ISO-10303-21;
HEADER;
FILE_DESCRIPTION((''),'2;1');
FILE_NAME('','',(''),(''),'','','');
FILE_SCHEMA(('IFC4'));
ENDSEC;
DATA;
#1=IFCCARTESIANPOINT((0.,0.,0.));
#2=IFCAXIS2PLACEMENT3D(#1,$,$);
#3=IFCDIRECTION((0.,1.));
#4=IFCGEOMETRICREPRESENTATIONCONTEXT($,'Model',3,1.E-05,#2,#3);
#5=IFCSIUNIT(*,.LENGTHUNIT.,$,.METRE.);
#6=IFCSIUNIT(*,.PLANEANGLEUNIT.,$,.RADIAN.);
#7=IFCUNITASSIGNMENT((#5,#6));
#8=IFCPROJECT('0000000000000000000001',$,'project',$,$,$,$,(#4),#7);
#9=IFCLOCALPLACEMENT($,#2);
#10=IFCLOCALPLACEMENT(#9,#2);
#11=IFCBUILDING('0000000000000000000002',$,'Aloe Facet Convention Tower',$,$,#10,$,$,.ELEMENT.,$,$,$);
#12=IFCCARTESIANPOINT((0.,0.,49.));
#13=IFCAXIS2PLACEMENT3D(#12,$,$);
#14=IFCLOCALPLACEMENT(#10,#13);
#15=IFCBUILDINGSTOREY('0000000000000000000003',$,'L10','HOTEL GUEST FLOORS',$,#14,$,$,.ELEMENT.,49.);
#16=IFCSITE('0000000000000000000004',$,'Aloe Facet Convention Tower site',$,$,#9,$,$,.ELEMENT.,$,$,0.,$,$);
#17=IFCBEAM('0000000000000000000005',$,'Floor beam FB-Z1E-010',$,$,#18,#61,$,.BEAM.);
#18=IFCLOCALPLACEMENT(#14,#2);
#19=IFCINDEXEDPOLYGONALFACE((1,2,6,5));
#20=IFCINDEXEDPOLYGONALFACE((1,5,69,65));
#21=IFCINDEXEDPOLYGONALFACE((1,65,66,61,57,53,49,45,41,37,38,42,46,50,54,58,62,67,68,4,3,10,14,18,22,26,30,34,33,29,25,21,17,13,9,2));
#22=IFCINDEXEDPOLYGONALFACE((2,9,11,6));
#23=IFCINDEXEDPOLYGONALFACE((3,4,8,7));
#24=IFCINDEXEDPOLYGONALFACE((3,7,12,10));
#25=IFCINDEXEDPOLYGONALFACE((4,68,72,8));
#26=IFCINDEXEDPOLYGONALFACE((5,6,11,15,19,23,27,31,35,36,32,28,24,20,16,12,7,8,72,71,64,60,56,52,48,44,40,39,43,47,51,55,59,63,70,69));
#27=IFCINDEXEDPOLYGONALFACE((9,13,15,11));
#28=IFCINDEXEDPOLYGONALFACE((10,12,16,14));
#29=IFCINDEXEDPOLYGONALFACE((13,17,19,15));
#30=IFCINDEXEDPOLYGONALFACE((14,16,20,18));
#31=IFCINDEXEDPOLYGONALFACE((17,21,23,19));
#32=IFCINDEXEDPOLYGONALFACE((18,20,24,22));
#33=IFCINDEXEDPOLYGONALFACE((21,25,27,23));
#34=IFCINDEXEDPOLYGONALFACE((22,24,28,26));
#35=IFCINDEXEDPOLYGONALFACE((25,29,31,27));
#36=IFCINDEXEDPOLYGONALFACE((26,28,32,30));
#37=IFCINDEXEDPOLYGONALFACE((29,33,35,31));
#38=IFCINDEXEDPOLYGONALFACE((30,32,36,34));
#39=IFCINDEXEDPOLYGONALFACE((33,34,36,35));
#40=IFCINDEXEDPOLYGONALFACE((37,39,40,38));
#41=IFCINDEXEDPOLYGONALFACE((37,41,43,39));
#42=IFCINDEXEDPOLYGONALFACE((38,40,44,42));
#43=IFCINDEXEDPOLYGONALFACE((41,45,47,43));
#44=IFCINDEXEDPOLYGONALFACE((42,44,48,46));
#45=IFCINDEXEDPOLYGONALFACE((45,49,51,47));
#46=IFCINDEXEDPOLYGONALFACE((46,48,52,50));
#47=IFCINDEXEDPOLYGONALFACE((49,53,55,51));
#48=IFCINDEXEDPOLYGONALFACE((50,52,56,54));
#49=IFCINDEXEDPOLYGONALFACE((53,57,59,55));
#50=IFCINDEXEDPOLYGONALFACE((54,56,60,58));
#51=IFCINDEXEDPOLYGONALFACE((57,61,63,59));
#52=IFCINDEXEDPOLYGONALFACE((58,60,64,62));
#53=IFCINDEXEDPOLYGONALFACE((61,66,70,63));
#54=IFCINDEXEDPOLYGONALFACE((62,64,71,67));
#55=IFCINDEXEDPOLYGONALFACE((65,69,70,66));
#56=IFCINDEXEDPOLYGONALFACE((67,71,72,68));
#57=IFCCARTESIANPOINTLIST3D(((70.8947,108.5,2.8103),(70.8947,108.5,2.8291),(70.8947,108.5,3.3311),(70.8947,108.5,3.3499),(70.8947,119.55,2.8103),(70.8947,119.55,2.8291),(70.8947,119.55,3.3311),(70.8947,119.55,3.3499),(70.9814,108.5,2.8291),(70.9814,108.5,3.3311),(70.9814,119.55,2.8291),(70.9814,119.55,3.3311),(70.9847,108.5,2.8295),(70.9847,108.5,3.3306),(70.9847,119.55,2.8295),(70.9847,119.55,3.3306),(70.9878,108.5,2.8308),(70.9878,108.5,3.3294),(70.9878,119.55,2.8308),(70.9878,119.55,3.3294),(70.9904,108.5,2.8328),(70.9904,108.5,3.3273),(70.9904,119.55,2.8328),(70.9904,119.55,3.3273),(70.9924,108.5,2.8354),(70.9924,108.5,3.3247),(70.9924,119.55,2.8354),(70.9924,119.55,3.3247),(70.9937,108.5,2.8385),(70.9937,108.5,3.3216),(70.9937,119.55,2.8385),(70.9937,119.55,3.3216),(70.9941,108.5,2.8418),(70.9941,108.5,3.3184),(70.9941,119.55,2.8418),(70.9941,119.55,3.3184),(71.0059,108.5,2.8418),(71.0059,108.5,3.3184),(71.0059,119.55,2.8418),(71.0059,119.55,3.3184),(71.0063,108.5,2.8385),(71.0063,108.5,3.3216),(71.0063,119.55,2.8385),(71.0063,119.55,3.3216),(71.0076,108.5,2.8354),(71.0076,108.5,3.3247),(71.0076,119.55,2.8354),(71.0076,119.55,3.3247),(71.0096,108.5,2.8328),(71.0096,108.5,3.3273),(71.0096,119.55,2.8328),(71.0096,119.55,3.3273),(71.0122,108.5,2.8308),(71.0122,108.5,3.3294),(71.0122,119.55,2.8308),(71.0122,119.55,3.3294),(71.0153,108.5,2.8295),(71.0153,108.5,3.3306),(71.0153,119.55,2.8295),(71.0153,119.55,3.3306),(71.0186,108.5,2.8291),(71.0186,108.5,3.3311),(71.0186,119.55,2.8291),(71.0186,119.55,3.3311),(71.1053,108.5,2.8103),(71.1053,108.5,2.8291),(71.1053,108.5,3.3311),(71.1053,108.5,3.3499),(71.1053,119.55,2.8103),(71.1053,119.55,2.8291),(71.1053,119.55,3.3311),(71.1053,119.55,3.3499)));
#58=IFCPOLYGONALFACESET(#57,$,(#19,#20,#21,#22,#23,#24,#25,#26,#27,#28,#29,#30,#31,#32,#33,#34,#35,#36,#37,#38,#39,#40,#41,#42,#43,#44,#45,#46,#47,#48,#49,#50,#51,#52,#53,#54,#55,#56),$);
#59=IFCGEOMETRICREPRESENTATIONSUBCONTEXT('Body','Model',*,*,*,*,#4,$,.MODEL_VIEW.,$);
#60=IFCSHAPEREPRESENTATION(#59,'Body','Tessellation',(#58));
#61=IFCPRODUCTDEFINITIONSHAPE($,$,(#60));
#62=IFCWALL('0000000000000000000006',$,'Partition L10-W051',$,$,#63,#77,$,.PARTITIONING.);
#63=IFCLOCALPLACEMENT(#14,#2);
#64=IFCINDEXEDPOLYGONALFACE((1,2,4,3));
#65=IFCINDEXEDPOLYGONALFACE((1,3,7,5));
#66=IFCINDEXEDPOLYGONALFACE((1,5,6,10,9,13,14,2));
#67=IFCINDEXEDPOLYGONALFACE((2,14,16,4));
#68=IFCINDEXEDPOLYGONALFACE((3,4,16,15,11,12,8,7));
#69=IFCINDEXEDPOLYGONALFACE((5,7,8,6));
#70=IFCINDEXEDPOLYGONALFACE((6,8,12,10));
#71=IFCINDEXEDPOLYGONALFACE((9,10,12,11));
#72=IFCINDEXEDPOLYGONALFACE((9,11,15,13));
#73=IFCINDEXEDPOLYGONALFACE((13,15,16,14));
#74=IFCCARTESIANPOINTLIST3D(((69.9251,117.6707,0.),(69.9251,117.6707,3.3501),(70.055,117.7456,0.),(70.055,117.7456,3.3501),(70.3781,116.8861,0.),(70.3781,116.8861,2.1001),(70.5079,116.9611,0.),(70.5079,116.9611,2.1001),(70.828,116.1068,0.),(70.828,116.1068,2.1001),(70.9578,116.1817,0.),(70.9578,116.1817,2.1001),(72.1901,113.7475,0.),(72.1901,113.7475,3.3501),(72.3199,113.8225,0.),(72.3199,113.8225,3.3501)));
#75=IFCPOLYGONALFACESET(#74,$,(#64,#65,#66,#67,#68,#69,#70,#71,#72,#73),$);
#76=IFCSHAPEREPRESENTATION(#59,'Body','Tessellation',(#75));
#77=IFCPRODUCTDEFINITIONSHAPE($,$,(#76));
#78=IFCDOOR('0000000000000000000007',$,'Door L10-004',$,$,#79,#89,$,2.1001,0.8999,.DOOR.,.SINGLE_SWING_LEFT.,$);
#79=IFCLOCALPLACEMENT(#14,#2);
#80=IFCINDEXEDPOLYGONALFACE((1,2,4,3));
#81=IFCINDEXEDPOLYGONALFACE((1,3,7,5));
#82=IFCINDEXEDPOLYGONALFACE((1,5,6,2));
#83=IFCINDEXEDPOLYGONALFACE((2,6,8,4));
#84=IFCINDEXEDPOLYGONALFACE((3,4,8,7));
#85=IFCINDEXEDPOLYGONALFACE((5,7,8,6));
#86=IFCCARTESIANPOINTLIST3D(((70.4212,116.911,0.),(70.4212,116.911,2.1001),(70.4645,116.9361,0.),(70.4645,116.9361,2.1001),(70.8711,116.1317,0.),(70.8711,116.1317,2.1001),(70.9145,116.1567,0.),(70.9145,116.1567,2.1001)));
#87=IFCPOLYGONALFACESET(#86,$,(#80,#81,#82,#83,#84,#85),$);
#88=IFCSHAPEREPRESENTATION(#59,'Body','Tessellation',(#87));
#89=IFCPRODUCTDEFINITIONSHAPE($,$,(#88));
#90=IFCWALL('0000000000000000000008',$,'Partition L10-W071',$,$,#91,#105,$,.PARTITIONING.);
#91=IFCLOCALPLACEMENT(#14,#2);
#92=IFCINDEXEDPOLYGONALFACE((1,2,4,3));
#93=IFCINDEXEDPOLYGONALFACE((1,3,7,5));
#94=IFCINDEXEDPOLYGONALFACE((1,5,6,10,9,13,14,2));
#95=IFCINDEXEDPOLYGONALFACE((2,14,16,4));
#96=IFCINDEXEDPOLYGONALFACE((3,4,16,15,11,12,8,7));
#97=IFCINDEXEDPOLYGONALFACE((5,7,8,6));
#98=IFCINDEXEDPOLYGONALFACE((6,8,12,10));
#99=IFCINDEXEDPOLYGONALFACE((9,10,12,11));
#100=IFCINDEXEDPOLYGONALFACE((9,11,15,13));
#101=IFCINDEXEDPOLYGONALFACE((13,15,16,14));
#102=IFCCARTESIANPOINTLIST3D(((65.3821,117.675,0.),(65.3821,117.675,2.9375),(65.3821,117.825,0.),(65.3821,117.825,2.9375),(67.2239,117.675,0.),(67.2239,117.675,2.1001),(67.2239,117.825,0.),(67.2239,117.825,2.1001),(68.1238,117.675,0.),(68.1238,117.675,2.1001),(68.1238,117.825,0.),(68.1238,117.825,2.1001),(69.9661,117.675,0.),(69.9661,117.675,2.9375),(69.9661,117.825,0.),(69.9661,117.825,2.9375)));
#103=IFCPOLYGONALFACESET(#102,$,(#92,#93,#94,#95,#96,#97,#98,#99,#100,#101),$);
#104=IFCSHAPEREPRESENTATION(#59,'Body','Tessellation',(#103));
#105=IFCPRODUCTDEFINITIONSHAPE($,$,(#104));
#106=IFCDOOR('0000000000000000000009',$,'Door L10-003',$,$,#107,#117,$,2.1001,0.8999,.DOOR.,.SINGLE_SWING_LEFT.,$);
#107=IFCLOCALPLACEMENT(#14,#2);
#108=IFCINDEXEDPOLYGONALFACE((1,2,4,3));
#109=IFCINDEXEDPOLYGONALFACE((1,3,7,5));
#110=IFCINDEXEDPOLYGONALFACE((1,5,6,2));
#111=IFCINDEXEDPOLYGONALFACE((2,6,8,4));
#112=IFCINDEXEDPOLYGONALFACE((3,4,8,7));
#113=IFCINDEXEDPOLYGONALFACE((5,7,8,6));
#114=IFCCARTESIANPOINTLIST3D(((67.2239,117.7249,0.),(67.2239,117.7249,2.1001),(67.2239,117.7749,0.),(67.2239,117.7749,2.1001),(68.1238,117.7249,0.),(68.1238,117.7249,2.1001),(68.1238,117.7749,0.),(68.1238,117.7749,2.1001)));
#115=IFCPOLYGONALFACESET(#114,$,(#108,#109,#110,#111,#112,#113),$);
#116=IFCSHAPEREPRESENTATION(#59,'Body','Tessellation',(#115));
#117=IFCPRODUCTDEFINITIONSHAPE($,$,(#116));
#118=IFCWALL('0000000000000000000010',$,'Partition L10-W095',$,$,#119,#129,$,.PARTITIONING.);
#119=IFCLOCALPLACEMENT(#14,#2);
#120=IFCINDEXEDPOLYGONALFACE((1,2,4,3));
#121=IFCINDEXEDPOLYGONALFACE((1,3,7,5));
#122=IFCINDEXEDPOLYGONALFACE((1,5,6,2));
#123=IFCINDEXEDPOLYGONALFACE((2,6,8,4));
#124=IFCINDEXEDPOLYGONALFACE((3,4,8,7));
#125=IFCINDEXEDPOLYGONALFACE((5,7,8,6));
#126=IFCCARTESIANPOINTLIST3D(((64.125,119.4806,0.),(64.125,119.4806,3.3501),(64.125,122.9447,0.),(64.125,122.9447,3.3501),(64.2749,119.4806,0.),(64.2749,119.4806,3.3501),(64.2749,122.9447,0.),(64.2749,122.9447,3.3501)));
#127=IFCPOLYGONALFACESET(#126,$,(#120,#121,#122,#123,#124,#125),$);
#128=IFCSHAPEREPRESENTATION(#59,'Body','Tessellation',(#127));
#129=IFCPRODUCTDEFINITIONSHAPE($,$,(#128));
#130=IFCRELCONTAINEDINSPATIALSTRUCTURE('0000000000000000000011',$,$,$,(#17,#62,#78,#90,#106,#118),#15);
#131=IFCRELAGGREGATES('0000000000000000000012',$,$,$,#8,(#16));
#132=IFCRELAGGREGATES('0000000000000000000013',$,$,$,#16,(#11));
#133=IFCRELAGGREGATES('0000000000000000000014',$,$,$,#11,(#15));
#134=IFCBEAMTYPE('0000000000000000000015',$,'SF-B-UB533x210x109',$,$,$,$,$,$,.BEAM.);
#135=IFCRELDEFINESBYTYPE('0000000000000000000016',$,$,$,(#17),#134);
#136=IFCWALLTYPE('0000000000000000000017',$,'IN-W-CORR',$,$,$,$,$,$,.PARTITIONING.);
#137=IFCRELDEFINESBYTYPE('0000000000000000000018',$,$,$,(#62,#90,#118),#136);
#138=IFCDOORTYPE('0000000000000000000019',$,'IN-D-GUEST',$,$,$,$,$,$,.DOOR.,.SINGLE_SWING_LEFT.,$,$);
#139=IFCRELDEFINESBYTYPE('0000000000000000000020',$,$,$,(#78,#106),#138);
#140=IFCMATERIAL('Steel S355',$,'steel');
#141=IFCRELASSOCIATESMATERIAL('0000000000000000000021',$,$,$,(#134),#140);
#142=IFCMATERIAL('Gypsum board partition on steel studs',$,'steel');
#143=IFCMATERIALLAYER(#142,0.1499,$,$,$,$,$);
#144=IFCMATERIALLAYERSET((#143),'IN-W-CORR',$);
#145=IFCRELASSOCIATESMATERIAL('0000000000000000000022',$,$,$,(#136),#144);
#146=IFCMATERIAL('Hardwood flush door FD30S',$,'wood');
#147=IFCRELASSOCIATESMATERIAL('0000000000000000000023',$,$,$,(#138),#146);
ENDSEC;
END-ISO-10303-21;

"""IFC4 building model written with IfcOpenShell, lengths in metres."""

from ifc_helpers import new_model, si_unit, direction, frame, frame_2d, origin, origin_2d, place, context, subcontext, project, spatial, rectangle, i_section, extrude, material, layer, layer_set, material_profile, profile_set, type_object, element, fill, save


model = new_model("IFC4")

# Units and contexts
model_context = context("Model", 3, precision=1e-05, world=origin(), true_north=direction((0.0, 1.0)))
body_context = subcontext(model_context, "Body", "Model", "MODEL_VIEW")
ifc_project = project(units=[si_unit("LENGTHUNIT", "METRE"), si_unit("PLANEANGLEUNIT", "RADIAN")], contexts=[model_context])

# Site, building, storey
site_placement = place(None, origin())
site = spatial("IfcSite", under=ifc_project, at=site_placement, Name="Aloe Facet Convention Tower site", CompositionType="ELEMENT", RefElevation=0.0)
building_placement = place(site_placement, origin())
building = spatial("IfcBuilding", under=site, at=building_placement, Name="Aloe Facet Convention Tower", CompositionType="ELEMENT")
storey_placement = place(building_placement, frame((0.0, 0.0, 49.0)))
storey = spatial("IfcBuildingStorey", under=building, at=storey_placement, Name="L10", Description="HOTEL GUEST FLOORS", CompositionType="ELEMENT", Elevation=49.0)

# Beam
ifc_material_1 = material(Name="Steel S355", Category="steel")
ifc_material_profile_1 = material_profile(ifc_material_1, i_section(OverallWidth=0.2107, OverallDepth=0.5396, WebThickness=0.0117, FlangeThickness=0.0188, FilletRadius=0.0127, at=origin_2d()), Name="UB 533x210x109")
ifc_profile_set_1 = profile_set([ifc_material_profile_1], Name="Steel S355")
beam_type_1 = type_object("IfcBeamType", Name="SF-B-UB533x210x109", PredefinedType="BEAM", material=ifc_profile_set_1)
beam_1_placement = place(storey_placement, frame((71.0, 119.55, 3.0801), z_axis=(0.0, -1.0, 0.0), x_axis=(1.0, 0.0, 0.0)))
element("IfcBeam", 1, at=beam_1_placement, inside=storey, type_object=beam_type_1, Name="Floor beam FB-Z1E-010", PredefinedType="BEAM", context=body_context, shape_type="SweptSolid", body=[
    extrude(i_section(OverallWidth=0.2107, OverallDepth=0.5396, WebThickness=0.0117, FlangeThickness=0.0188, FilletRadius=0.0127, at=origin_2d()), origin(), (0.0, 0.0, 1.0), 11.05),
])

# Walls, openings, doors
ifc_material_2 = material(Name="Gypsum board partition on steel studs", Category="steel")
ifc_layer_1 = layer(ifc_material_2, 0.1499)
ifc_layer_set_1 = layer_set([ifc_layer_1], Name="IN-W-CORR")
wall_type_1 = type_object("IfcWallType", Name="IN-W-CORR", PredefinedType="PARTITIONING", material=ifc_layer_set_1)
wall_1_placement = place(storey_placement, frame((69.99, 117.7083, 0.0), z_axis=(0.0, 0.0, 1.0), x_axis=(0.499982, -0.866036, 0.0)))
wall_1 = element("IfcWall", 2, at=wall_1_placement, inside=storey, type_object=wall_type_1, Name="Partition L10-W051", PredefinedType="PARTITIONING", context=body_context, shape_type="SweptSolid", body=[
    extrude(rectangle(XDim=4.53, YDim=0.1499, at=frame_2d((2.2651, 0.0))), origin(), (0.0, 0.0, 1.0), 3.3501),
])
opening_1_placement = place(wall_1_placement, frame((0.906, 0.0, 0.0)))
opening_1 = element("IfcOpeningElement", 3, at=opening_1_placement, cuts=wall_1, PredefinedType="OPENING", context=body_context, shape_type="SweptSolid", body=[
    extrude(rectangle(XDim=0.8999, YDim=2.1001, at=frame_2d((0.45, 1.05))), frame((0.0, 0.085, 0.0), z_axis=(0.0, -1.0, 0.0), x_axis=(1.0, 0.0, 0.0)), (0.0, 0.0, 1.0), 0.1699),
])
ifc_material_3 = material(Name="Hardwood flush door FD30S", Category="wood")
door_type_1 = type_object("IfcDoorType", Name="IN-D-GUEST", OperationType="SINGLE_SWING_LEFT", PredefinedType="DOOR", material=ifc_material_3)
door_1_placement = place(opening_1_placement, origin())
door_1 = element("IfcDoor", 4, at=door_1_placement, inside=storey, type_object=door_type_1, Name="Door L10-004", OperationType="SINGLE_SWING_LEFT", OverallHeight=2.1001, OverallWidth=0.8999, PredefinedType="DOOR", context=body_context, shape_type="SweptSolid", body=[
    extrude(rectangle(XDim=0.8999, YDim=2.1001, at=frame_2d((0.45, 1.05))), frame((0.0, 0.0249, 0.0), z_axis=(0.0, -1.0, 0.0), x_axis=(1.0, 0.0, 0.0)), (0.0, 0.0, 1.0), 0.05),
])
fill(opening_1, door_1)
wall_2_placement = place(storey_placement, frame((65.3821, 117.75, 0.0), z_axis=(0.0, 0.0, 1.0), x_axis=(1.0, 0.0, 0.0)))
wall_2 = element("IfcWall", 5, at=wall_2_placement, inside=storey, type_object=wall_type_1, Name="Partition L10-W071", PredefinedType="PARTITIONING", context=body_context, shape_type="SweptSolid", body=[
    extrude(rectangle(XDim=4.584, YDim=0.1499, at=frame_2d((2.292, 0.0))), origin(), (0.0, 0.0, 1.0), 2.9375),
])
opening_2_placement = place(wall_2_placement, frame((1.8418, 0.0, 0.0)))
opening_2 = element("IfcOpeningElement", 6, at=opening_2_placement, cuts=wall_2, PredefinedType="OPENING", context=body_context, shape_type="SweptSolid", body=[
    extrude(rectangle(XDim=0.8999, YDim=2.1001, at=frame_2d((0.45, 1.05))), frame((0.0, 0.085, 0.0), z_axis=(0.0, -1.0, 0.0), x_axis=(1.0, 0.0, 0.0)), (0.0, 0.0, 1.0), 0.1699),
])
door_2_placement = place(opening_2_placement, origin())
door_2 = element("IfcDoor", 7, at=door_2_placement, inside=storey, type_object=door_type_1, Name="Door L10-003", OperationType="SINGLE_SWING_LEFT", OverallHeight=2.1001, OverallWidth=0.8999, PredefinedType="DOOR", context=body_context, shape_type="SweptSolid", body=[
    extrude(rectangle(XDim=0.8999, YDim=2.1001, at=frame_2d((0.45, 1.05))), frame((0.0, 0.0249, 0.0), z_axis=(0.0, -1.0, 0.0), x_axis=(1.0, 0.0, 0.0)), (0.0, 0.0, 1.0), 0.05),
])
fill(opening_2, door_2)

# Wall
wall_3_placement = place(storey_placement, frame((64.2, 119.4807, 0.0), z_axis=(0.0, 0.0, 1.0), x_axis=(0.0, 1.0, 0.0)))
element("IfcWall", 8, at=wall_3_placement, inside=storey, type_object=wall_type_1, Name="Partition L10-W095", PredefinedType="PARTITIONING", context=body_context, shape_type="SweptSolid", body=[
    extrude(rectangle(XDim=3.4641, YDim=0.1499, at=frame_2d((1.7319, 0.0))), origin(), (0.0, 0.0, 1.0), 3.3501),
])

save(model, "model.ifc")
